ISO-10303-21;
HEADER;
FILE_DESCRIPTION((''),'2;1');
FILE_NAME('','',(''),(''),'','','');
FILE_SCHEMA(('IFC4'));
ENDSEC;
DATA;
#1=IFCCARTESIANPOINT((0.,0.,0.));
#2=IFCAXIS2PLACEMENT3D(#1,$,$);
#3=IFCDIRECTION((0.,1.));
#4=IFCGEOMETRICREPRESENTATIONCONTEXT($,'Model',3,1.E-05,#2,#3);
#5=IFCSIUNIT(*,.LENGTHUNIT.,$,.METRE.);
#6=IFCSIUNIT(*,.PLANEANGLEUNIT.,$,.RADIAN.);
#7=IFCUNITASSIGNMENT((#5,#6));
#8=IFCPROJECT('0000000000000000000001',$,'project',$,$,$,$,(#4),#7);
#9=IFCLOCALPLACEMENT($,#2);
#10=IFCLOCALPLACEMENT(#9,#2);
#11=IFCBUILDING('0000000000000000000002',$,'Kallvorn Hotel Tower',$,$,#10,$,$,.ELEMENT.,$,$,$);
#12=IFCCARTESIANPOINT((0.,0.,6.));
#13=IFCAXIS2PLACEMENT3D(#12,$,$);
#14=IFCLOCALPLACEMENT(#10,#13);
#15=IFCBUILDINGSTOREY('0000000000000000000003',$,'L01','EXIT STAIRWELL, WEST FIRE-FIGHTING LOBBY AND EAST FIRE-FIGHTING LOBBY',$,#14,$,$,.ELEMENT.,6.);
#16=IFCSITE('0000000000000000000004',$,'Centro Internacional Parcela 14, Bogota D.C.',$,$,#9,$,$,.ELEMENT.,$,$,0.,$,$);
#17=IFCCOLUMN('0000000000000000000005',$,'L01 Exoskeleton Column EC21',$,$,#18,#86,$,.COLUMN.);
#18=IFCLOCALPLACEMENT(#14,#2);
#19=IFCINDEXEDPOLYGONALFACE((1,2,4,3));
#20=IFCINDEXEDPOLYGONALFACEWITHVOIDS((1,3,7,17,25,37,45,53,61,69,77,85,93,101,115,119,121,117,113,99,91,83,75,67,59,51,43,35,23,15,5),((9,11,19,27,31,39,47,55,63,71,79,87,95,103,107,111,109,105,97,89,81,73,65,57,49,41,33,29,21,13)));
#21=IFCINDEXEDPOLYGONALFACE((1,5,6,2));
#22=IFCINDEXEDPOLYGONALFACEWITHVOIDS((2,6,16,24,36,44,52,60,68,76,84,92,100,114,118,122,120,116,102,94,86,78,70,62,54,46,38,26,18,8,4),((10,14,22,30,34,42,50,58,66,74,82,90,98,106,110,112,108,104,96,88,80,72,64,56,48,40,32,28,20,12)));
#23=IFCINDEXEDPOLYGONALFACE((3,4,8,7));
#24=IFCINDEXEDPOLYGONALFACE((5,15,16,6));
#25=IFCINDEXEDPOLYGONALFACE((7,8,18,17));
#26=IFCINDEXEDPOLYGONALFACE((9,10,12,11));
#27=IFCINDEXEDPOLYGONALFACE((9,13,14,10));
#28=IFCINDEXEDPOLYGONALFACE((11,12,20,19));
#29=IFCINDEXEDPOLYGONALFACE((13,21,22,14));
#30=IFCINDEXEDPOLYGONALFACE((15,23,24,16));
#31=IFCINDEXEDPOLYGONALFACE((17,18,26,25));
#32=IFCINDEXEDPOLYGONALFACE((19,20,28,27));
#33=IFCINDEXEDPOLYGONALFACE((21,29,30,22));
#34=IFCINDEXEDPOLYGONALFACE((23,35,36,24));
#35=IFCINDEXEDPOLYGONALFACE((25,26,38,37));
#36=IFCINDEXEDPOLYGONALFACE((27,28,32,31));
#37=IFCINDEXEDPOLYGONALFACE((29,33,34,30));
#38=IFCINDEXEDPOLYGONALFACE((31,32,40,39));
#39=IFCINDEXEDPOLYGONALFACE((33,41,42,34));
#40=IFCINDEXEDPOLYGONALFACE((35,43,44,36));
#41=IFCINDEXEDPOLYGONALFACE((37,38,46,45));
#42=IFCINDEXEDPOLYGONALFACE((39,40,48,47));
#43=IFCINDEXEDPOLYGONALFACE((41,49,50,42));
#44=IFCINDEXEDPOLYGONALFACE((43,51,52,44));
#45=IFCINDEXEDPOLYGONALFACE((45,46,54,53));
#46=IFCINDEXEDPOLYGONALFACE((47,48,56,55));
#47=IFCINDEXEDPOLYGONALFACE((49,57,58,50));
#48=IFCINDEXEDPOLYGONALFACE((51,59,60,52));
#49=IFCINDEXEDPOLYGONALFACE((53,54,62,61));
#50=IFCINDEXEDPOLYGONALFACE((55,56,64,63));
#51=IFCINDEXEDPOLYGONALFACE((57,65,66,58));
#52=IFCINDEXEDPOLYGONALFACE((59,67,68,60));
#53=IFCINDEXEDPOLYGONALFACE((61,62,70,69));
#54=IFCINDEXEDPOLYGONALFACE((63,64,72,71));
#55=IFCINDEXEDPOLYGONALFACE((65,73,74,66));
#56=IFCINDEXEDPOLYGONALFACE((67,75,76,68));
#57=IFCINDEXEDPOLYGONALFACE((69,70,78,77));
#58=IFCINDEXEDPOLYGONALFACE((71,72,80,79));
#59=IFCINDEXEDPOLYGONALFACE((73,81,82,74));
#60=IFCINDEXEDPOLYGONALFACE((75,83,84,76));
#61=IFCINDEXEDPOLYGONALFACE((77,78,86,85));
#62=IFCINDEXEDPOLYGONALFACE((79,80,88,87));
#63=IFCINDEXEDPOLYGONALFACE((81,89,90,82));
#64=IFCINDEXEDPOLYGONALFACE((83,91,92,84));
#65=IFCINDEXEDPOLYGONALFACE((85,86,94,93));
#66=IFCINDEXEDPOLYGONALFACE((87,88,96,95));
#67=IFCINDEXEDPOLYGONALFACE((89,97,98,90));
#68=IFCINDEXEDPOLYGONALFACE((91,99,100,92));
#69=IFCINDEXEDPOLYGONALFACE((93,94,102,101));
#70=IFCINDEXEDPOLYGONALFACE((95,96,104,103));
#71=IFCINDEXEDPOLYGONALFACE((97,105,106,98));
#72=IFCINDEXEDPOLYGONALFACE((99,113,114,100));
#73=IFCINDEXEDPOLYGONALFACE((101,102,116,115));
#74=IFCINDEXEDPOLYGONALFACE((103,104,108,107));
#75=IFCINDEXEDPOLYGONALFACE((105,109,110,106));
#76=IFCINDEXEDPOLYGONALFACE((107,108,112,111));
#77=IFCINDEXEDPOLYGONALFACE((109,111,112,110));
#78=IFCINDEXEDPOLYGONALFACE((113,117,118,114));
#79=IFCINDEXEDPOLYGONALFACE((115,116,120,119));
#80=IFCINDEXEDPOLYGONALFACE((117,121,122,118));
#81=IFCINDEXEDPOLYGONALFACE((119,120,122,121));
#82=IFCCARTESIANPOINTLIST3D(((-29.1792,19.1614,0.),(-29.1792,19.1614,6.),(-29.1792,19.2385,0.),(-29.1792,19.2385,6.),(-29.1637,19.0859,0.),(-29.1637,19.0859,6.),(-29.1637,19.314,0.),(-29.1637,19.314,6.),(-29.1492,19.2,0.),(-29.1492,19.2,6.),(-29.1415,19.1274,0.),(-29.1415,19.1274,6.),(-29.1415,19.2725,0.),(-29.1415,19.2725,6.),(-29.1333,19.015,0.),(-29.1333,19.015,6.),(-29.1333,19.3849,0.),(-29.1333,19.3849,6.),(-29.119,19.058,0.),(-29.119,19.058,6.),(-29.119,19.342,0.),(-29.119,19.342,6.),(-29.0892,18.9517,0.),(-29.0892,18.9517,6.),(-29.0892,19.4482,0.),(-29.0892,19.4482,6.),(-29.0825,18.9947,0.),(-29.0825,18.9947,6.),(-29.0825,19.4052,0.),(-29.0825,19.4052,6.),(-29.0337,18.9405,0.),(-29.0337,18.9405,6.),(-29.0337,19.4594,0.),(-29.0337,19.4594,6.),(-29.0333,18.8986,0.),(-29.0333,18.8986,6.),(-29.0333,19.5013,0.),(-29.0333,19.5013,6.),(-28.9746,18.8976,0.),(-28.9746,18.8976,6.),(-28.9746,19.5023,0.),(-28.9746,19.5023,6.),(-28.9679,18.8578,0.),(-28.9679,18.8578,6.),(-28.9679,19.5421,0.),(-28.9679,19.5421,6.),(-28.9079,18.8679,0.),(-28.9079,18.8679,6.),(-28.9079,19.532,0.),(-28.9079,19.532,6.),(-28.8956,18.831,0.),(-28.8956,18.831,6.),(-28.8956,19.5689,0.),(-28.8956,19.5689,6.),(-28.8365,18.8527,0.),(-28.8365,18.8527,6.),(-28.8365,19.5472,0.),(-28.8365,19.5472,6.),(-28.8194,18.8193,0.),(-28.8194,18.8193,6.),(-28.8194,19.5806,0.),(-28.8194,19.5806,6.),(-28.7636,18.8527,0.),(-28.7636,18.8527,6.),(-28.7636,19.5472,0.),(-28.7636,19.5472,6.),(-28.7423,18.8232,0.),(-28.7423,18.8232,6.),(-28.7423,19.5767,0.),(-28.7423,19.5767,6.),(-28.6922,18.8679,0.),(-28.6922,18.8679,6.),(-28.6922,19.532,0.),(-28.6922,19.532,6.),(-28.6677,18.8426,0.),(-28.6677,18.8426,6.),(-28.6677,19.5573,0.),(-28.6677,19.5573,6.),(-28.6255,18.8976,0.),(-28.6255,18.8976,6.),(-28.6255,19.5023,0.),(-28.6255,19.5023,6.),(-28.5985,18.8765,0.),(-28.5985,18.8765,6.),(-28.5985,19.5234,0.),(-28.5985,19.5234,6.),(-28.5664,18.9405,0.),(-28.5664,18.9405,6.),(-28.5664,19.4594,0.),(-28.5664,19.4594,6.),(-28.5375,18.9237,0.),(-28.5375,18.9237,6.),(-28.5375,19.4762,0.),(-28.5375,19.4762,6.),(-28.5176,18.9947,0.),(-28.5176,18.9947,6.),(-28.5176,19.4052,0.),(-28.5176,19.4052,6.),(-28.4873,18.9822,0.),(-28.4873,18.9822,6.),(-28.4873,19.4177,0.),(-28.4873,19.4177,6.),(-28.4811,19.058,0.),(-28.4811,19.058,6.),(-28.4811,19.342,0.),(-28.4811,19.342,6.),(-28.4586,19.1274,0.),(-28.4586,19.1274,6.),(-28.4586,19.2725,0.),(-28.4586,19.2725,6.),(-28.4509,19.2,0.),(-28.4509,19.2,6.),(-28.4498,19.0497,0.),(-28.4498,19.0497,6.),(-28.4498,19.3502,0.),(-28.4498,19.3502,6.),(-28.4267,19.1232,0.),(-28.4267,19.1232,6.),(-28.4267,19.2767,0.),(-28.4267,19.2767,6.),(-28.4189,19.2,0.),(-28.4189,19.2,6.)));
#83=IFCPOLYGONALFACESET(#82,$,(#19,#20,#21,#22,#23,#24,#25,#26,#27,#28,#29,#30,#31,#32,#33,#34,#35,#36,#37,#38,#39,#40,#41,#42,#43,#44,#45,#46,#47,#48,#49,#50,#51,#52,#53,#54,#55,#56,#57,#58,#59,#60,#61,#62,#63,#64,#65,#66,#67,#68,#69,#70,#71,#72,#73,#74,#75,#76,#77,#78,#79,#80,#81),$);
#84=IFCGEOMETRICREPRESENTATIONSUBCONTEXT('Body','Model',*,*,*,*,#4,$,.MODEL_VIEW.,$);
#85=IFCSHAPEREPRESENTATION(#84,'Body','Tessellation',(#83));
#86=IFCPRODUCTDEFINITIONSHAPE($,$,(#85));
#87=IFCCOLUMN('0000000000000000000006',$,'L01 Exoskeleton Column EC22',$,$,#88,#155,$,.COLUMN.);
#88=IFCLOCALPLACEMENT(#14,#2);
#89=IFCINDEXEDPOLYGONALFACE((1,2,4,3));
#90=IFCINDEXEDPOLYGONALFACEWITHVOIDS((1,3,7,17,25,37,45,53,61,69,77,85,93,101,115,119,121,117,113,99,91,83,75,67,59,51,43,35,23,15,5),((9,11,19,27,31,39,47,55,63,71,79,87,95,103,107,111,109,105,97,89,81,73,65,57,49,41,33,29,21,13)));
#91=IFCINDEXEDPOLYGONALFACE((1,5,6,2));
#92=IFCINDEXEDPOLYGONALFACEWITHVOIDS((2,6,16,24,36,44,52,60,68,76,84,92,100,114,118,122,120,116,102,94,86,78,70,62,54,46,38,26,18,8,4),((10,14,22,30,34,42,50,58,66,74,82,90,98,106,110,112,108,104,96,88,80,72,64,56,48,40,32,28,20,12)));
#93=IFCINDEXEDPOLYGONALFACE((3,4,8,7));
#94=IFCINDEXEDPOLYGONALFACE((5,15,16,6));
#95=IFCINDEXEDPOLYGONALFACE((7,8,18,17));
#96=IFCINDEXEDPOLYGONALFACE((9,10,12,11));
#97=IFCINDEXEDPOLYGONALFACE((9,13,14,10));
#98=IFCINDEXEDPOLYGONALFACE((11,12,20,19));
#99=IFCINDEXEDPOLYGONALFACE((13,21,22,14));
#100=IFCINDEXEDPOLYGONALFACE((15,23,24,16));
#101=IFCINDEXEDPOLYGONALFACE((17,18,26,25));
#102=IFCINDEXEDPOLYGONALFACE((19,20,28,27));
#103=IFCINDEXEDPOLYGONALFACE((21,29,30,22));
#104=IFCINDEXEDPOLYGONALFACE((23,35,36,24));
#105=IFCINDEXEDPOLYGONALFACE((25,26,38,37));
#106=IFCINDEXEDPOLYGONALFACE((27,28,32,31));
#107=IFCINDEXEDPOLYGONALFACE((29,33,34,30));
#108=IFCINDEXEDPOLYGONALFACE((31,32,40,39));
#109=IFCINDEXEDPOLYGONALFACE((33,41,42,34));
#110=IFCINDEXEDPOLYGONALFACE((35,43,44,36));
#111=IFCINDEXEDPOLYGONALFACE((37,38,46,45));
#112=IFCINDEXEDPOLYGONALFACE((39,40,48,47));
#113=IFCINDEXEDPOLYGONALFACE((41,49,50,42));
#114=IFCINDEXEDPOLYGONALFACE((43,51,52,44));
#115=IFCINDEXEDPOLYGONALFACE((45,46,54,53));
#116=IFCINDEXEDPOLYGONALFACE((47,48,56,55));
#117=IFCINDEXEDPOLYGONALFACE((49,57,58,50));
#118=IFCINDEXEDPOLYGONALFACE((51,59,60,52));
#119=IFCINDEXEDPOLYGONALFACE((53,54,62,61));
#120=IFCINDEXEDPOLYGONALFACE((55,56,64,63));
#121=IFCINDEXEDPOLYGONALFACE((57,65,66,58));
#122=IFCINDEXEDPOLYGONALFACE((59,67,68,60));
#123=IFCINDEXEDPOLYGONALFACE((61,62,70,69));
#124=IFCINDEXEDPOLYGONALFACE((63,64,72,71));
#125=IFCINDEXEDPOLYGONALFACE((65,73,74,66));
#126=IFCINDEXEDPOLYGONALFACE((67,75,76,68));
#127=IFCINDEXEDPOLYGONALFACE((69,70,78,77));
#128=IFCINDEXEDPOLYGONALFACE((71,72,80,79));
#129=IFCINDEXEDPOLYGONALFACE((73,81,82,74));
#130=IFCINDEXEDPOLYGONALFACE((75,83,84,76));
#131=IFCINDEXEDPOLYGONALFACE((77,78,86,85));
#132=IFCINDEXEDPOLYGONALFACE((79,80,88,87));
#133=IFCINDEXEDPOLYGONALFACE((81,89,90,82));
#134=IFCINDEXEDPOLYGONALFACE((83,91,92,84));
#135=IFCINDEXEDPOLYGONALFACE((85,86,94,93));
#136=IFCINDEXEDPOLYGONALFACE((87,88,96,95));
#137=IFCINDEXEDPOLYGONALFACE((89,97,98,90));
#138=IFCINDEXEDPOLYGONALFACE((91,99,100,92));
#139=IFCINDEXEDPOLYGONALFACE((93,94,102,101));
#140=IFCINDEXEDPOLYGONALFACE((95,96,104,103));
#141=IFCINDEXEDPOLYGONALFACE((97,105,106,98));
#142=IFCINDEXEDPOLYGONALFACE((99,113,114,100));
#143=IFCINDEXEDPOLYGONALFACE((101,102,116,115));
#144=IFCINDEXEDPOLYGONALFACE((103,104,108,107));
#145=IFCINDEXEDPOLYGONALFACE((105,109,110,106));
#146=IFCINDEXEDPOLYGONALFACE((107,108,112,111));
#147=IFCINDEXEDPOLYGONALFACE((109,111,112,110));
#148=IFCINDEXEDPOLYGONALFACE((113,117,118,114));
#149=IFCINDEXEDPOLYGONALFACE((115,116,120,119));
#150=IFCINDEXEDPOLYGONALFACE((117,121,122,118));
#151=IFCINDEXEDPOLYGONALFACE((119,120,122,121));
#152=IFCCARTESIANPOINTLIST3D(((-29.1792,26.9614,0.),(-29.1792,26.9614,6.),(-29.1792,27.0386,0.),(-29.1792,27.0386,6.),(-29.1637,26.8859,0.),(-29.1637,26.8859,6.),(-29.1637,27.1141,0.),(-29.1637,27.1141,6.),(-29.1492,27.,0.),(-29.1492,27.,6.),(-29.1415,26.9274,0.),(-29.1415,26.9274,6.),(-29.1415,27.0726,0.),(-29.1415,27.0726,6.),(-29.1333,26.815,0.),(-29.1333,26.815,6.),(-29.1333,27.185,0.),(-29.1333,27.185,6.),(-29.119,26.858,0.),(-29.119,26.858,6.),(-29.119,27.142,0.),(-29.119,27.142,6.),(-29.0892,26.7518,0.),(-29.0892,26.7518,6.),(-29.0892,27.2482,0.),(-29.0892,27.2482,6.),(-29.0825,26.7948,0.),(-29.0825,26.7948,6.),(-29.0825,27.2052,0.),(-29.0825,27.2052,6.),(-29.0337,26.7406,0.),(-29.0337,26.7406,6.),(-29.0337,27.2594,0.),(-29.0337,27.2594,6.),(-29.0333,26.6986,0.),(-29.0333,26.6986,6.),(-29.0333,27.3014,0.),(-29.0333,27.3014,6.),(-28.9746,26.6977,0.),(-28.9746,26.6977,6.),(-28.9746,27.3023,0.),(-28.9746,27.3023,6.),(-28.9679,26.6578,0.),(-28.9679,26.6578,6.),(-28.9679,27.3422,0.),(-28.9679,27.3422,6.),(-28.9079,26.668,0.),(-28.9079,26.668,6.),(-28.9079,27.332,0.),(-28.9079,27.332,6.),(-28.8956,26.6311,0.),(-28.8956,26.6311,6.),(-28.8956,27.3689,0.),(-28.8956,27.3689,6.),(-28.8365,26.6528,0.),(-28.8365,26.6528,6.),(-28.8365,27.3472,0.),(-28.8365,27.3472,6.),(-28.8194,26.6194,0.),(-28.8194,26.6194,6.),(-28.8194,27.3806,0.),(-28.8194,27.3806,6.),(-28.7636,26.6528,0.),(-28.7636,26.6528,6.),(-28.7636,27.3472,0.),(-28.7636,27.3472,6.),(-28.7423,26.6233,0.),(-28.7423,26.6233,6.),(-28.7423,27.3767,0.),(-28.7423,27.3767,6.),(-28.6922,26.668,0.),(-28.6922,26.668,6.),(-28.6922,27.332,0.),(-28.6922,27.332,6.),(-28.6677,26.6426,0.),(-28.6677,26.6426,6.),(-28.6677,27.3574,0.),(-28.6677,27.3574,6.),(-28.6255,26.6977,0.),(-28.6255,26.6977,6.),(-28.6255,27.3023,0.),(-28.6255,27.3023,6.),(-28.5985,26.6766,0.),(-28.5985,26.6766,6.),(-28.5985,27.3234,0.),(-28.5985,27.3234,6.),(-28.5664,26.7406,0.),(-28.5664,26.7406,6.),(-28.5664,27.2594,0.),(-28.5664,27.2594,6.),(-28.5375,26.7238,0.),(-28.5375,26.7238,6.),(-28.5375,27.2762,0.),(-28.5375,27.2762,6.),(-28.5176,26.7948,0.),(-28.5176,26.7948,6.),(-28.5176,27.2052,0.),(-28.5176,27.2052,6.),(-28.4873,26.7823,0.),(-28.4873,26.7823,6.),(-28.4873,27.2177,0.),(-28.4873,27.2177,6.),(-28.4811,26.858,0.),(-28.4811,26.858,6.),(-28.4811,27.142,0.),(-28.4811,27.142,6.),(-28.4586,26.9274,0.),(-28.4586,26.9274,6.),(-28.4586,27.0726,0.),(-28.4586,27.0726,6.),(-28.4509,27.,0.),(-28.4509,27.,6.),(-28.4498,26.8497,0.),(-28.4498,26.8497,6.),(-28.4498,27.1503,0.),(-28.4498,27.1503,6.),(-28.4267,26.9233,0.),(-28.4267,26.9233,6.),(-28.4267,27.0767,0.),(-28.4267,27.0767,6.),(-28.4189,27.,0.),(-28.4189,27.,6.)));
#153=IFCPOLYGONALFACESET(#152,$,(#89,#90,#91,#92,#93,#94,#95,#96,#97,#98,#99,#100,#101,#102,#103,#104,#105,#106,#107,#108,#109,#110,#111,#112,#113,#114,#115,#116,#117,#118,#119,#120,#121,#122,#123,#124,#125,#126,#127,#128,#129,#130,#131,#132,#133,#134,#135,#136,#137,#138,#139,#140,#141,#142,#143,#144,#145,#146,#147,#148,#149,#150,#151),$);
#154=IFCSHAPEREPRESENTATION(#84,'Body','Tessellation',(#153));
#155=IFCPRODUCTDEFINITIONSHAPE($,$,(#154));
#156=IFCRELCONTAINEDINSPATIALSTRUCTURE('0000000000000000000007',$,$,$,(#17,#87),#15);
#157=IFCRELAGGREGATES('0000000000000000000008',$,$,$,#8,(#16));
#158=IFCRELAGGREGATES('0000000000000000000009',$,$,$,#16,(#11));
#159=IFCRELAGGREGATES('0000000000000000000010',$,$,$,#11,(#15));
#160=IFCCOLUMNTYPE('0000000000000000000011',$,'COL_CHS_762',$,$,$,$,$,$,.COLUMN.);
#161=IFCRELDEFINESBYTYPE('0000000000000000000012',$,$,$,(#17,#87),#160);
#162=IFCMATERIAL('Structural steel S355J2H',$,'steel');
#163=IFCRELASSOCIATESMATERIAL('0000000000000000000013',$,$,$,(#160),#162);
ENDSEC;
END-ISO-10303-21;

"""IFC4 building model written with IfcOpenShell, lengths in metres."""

from ifc_helpers import new_model, si_unit, direction, frame, origin, origin_2d, place, context, subcontext, project, spatial, hollow_circle, extrude, material, material_profile, profile_set, type_object, element, save


model = new_model("IFC4")

# Units and contexts
model_context = context("Model", 3, precision=1e-05, world=origin(), true_north=direction((0.0, 1.0)))
body_context = subcontext(model_context, "Body", "Model", "MODEL_VIEW")
ifc_project = project(units=[si_unit("LENGTHUNIT", "METRE"), si_unit("PLANEANGLEUNIT", "RADIAN")], contexts=[model_context])

# Site, building, storey
site_placement = place(None, origin())
site = spatial("IfcSite", under=ifc_project, at=site_placement, Name="Centro Internacional Parcela 14, Bogota D.C.", CompositionType="ELEMENT", RefElevation=0.0)
building_placement = place(site_placement, origin())
building = spatial("IfcBuilding", under=site, at=building_placement, Name="Kallvorn Hotel Tower", CompositionType="ELEMENT")
storey_placement = place(building_placement, frame((0.0, 0.0, 6.0)))
storey = spatial("IfcBuildingStorey", under=building, at=storey_placement, Name="L01", Description="EXIT STAIRWELL, WEST FIRE-FIGHTING LOBBY AND EAST FIRE-FIGHTING LOBBY", CompositionType="ELEMENT", Elevation=6.0)

# Columns
ifc_material_1 = material(Name="Structural steel S355J2H", Category="steel")
ifc_material_profile_1 = material_profile(ifc_material_1, hollow_circle(Radius=0.3811, WallThickness=0.032, at=origin_2d()), Name="CHS 762x32")
ifc_profile_set_1 = profile_set([ifc_material_profile_1], Name="Structural steel S355J2H")
column_type_1 = type_object("IfcColumnType", Name="COL_CHS_762", PredefinedType="COLUMN", material=ifc_profile_set_1)
for number, where, z_axis, x_axis, name in (
    (1, (-28.8, 19.2, 0.0), (0.0, 0.0, 1.0), (1.0, 0.0, 0.0), "L01 Exoskeleton Column EC21"),
    (2, (-28.8, 27.0, 0.0), (0.0, 0.0, 1.0), (1.0, 0.0, 0.0), "L01 Exoskeleton Column EC22"),
):
    element("IfcColumn", number, at=place(storey_placement, frame(where, z_axis=z_axis, x_axis=x_axis)), inside=storey, type_object=column_type_1, Name=name, PredefinedType="COLUMN", context=body_context, shape_type="SweptSolid", body=[
        extrude(hollow_circle(Radius=0.3811, WallThickness=0.032, at=origin_2d()), origin(), (0.0, 0.0, 1.0), 6.0),
    ])

save(model, "model.ifc")
